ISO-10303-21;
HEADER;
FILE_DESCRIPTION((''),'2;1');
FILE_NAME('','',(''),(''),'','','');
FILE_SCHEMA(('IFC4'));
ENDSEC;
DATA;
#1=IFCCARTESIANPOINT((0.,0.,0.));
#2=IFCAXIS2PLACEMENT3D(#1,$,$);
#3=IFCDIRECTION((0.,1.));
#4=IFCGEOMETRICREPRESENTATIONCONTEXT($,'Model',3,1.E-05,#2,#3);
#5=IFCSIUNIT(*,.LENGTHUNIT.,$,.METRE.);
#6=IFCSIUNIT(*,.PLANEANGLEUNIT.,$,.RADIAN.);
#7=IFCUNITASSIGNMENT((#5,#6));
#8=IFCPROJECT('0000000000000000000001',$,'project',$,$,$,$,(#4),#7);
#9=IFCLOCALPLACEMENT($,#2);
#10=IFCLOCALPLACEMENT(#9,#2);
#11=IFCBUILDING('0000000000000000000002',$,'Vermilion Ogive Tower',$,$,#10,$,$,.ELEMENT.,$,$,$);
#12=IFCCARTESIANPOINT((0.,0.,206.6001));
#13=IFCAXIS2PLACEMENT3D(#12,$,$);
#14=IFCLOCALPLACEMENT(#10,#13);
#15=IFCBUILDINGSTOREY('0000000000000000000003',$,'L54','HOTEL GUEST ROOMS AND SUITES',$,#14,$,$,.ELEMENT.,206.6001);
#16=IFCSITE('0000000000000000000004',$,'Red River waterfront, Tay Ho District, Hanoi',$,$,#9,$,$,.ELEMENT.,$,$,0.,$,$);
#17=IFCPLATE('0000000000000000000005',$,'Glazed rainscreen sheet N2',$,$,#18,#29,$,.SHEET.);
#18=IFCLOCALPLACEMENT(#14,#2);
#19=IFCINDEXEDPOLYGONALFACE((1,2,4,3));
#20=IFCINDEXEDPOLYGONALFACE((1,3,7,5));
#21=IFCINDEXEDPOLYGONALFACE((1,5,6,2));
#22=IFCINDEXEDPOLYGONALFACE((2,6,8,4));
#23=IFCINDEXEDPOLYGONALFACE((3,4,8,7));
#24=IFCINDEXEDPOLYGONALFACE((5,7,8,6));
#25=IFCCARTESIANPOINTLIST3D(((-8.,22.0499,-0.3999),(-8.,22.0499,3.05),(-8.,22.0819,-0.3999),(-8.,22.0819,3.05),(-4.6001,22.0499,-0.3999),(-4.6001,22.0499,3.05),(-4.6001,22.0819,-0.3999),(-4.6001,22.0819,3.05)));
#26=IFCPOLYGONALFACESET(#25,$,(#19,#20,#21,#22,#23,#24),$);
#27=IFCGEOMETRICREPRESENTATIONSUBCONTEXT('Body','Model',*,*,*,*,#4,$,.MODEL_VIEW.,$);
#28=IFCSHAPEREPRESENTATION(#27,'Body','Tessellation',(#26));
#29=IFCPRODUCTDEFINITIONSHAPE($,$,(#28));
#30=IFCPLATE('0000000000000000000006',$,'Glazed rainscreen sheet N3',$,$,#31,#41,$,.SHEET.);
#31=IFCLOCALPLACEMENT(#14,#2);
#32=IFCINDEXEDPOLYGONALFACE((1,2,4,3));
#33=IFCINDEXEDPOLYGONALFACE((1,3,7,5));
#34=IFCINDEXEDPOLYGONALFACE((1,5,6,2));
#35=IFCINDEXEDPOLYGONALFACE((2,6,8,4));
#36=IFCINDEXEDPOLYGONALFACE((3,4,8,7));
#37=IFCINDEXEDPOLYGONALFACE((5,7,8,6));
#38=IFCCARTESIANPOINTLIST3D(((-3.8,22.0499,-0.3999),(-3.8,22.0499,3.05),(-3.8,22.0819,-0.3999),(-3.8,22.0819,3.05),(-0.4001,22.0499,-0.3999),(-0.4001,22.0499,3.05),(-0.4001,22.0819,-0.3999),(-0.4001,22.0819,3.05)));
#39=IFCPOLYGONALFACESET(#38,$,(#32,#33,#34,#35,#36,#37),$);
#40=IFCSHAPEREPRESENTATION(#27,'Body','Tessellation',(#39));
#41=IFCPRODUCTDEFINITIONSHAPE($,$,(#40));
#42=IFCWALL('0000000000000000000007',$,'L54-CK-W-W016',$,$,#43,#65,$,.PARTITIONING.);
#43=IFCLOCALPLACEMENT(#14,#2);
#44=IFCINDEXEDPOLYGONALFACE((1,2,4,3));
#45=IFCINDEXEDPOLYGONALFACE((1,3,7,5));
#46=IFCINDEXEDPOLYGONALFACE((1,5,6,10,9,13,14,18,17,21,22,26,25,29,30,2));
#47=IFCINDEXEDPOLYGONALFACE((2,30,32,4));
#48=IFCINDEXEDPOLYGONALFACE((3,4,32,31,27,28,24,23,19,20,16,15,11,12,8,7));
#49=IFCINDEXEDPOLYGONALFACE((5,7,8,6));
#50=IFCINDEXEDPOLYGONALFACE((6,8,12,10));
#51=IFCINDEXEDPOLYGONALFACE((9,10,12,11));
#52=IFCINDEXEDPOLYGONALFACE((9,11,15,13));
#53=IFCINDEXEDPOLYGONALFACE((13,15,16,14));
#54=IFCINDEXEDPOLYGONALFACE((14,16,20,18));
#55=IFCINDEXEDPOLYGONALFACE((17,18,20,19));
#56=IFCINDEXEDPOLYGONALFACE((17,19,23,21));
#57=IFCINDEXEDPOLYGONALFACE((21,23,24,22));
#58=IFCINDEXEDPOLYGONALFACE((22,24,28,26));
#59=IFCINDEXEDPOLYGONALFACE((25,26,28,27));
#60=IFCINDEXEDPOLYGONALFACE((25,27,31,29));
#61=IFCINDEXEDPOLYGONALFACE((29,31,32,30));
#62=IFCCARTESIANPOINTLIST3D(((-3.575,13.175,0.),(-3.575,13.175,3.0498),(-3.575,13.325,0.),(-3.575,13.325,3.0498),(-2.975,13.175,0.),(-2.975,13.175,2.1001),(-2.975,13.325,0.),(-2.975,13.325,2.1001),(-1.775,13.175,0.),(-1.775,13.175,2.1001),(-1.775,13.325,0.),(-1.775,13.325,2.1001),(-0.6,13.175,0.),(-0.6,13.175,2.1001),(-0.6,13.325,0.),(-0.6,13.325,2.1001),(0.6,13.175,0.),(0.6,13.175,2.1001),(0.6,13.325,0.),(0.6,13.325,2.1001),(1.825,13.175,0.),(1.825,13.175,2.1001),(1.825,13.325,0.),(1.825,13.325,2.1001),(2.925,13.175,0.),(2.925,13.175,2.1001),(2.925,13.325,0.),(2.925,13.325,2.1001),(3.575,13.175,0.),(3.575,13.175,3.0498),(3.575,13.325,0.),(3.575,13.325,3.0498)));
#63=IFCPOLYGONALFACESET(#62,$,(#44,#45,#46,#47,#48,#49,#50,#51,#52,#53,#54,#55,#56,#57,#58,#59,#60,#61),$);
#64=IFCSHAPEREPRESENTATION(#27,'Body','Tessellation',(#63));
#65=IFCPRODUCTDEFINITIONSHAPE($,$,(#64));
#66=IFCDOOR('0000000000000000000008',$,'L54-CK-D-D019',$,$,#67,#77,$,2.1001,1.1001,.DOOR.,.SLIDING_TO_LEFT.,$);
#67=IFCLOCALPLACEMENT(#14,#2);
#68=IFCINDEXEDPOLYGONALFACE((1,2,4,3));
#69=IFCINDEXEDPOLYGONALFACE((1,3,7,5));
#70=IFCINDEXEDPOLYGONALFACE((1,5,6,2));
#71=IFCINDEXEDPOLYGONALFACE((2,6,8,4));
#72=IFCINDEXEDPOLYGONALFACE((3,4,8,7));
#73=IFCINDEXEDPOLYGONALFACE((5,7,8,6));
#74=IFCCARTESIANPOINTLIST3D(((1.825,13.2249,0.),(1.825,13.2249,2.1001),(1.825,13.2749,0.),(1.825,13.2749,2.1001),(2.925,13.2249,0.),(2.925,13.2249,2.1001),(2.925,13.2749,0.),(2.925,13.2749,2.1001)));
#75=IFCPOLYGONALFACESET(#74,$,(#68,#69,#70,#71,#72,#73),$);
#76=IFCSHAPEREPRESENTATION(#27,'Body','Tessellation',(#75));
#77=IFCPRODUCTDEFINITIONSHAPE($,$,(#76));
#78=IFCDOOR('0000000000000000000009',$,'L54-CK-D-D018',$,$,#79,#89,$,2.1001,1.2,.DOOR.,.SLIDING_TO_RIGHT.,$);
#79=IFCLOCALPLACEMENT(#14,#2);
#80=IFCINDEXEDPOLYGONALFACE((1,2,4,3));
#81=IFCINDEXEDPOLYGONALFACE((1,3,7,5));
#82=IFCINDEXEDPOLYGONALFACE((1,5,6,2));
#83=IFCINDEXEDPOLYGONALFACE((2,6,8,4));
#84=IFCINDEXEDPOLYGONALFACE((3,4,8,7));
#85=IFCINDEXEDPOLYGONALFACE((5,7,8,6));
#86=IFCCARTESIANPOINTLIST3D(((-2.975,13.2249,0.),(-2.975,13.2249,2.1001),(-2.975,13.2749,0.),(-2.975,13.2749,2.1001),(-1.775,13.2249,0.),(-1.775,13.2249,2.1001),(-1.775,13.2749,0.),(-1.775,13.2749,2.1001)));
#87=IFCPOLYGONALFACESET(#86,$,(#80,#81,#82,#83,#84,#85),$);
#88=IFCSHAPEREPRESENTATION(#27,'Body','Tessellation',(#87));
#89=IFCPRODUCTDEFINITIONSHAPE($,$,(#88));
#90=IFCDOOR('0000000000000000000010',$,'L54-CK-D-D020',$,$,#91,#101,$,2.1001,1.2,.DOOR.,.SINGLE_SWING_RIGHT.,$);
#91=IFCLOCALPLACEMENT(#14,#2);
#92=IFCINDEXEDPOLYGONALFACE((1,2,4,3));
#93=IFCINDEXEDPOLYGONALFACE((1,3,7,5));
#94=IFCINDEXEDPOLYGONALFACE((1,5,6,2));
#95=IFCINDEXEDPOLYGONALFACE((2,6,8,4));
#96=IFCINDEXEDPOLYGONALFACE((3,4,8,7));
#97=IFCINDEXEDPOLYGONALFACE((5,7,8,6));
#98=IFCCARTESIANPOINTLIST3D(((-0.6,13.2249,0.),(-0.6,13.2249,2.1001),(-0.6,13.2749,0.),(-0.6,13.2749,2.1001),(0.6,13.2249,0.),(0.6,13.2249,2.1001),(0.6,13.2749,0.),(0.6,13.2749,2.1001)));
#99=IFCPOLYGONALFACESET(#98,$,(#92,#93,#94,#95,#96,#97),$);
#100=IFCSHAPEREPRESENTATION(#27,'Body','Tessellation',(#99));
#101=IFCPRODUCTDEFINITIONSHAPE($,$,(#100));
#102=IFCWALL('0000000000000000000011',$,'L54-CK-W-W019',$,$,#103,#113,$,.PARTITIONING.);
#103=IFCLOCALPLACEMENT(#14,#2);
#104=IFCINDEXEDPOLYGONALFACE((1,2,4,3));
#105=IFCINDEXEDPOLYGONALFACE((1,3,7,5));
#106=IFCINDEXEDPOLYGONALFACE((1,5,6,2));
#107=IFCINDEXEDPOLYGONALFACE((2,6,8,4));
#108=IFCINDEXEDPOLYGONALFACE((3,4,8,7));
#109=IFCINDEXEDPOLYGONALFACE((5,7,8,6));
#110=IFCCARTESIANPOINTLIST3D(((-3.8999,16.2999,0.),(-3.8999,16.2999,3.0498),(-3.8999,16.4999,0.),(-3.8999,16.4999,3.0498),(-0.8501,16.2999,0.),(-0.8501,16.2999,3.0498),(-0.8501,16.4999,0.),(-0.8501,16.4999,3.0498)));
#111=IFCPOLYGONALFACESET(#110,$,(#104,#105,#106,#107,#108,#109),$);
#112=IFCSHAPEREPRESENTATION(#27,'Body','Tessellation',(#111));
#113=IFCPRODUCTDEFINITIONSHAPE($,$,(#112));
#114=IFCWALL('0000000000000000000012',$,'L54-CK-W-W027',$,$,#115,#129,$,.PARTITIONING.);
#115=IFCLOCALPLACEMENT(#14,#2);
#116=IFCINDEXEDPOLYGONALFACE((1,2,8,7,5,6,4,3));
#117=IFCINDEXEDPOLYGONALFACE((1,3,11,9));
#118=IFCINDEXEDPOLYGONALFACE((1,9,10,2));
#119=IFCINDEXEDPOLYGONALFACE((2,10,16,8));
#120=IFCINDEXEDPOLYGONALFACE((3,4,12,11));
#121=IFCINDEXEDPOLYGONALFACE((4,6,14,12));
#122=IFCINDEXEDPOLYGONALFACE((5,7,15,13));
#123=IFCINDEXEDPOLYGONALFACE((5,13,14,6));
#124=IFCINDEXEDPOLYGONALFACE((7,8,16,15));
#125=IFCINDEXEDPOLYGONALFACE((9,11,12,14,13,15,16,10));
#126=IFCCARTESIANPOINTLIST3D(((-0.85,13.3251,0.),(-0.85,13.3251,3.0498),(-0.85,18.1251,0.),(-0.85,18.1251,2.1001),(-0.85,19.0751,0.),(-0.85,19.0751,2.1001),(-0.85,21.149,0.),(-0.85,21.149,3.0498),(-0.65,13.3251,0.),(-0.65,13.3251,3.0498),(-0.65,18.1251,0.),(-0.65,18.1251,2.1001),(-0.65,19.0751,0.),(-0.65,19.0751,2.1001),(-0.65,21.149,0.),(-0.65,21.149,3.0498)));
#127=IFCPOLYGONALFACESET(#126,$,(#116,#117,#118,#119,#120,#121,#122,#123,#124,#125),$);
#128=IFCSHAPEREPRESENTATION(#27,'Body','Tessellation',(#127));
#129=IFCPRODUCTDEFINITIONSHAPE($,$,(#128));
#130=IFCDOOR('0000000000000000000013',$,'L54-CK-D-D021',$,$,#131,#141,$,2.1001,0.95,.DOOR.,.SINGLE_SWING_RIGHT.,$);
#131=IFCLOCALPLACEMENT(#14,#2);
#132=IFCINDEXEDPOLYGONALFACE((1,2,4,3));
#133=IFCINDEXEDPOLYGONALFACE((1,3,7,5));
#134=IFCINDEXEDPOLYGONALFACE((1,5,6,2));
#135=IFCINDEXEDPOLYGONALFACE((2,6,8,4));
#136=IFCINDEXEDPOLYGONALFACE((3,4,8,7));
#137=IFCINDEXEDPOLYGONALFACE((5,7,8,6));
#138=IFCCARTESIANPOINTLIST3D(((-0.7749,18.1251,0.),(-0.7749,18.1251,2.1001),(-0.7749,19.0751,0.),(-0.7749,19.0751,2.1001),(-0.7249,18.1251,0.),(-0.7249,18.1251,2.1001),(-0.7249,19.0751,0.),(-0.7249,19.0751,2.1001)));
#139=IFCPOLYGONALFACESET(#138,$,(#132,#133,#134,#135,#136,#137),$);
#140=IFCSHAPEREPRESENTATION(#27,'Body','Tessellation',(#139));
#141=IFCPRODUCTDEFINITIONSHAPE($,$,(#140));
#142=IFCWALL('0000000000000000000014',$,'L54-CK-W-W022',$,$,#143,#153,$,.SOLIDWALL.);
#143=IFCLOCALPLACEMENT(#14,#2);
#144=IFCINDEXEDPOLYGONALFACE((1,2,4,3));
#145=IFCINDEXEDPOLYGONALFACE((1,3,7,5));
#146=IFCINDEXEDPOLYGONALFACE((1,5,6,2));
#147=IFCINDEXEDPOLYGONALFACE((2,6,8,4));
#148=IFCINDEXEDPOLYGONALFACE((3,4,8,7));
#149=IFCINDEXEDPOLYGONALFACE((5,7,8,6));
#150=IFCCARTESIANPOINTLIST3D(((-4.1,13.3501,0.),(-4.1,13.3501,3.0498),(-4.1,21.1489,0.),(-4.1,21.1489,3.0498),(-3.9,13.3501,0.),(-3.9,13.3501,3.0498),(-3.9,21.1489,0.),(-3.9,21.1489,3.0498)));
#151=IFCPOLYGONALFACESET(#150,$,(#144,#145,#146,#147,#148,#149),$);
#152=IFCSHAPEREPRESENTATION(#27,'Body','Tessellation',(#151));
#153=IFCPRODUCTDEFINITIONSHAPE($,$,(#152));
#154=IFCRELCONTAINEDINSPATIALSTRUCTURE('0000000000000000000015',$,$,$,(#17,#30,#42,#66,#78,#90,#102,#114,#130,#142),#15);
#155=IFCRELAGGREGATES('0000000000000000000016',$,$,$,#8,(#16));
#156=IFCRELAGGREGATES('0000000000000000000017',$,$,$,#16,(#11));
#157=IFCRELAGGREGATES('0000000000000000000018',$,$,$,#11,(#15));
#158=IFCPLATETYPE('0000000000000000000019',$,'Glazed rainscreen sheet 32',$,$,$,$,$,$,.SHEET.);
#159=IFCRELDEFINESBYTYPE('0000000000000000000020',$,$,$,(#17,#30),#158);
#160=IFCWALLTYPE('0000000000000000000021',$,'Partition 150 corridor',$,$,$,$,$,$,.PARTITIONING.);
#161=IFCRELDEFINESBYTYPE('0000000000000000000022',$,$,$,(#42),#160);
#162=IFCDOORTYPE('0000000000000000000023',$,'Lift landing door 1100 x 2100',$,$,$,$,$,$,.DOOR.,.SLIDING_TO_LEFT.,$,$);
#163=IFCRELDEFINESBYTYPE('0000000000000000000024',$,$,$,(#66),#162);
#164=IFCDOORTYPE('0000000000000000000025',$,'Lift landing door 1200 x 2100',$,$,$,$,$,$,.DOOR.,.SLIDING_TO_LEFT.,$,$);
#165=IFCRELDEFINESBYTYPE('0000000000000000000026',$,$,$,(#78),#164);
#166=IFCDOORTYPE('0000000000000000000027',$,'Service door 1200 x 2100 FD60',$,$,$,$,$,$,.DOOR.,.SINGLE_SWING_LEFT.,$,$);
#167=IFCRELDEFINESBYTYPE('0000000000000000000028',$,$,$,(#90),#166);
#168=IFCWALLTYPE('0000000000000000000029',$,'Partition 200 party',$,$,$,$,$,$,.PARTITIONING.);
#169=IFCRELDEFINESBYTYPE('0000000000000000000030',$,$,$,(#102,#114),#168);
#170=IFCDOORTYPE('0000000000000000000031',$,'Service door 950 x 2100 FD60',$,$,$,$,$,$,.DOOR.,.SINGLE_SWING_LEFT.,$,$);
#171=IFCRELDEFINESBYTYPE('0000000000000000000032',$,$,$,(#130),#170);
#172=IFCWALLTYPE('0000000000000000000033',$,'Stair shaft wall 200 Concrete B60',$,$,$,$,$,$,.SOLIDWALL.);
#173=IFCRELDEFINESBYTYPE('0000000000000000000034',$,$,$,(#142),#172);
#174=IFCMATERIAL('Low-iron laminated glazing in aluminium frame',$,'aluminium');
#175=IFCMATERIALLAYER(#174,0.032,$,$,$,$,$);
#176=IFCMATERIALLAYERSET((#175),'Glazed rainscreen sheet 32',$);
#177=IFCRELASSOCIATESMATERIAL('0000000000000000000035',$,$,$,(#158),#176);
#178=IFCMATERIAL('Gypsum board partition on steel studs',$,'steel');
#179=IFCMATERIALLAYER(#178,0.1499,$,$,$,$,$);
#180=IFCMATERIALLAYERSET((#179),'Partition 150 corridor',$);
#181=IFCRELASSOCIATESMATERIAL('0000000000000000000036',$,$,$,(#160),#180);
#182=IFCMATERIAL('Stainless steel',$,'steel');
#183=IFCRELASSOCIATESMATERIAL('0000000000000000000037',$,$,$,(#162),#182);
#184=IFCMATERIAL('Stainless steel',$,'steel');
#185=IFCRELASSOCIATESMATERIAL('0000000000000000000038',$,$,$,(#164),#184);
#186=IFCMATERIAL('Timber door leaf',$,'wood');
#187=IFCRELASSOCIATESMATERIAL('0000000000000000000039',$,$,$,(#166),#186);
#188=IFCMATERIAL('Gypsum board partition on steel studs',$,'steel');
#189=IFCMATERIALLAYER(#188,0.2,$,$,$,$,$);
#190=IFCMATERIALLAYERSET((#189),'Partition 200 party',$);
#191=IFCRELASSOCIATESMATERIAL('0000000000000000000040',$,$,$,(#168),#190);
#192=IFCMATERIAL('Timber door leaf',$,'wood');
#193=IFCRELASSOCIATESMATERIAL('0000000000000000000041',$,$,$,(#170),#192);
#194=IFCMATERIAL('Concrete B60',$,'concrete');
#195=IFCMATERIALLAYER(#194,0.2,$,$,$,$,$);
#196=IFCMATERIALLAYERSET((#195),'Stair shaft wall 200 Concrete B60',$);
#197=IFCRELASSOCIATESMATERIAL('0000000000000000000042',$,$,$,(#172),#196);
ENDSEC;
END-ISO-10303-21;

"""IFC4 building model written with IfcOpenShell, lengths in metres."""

from ifc_helpers import new_model, si_unit, direction, frame, frame_2d, origin, origin_2d, place, context, subcontext, project, spatial, rectangle, extrude, material, layer, layer_set, type_object, element, fill, save


model = new_model("IFC4")

# Units and contexts
model_context = context("Model", 3, precision=1e-05, world=origin(), true_north=direction((0.0, 1.0)))
body_context = subcontext(model_context, "Body", "Model", "MODEL_VIEW")
ifc_project = project(units=[si_unit("LENGTHUNIT", "METRE"), si_unit("PLANEANGLEUNIT", "RADIAN")], contexts=[model_context])

# Site, building, storey
site_placement = place(None, origin())
site = spatial("IfcSite", under=ifc_project, at=site_placement, Name="Red River waterfront, Tay Ho District, Hanoi", CompositionType="ELEMENT", RefElevation=0.0)
building_placement = place(site_placement, origin())
building = spatial("IfcBuilding", under=site, at=building_placement, Name="Vermilion Ogive Tower", CompositionType="ELEMENT")
storey_placement = place(building_placement, frame((0.0, 0.0, 206.6001)))
storey = spatial("IfcBuildingStorey", under=building, at=storey_placement, Name="L54", Description="HOTEL GUEST ROOMS AND SUITES", CompositionType="ELEMENT", Elevation=206.6001)

# Plates
ifc_material_1 = material(Name="Low-iron laminated glazing in aluminium frame", Category="aluminium")
ifc_layer_1 = layer(ifc_material_1, 0.032)
ifc_layer_set_1 = layer_set([ifc_layer_1], Name="Glazed rainscreen sheet 32")
plate_type = type_object("IfcPlateType", Name="Glazed rainscreen sheet 32", PredefinedType="SHEET", material=ifc_layer_set_1)
for number, where, z_axis, x_axis, name in (
    (1, (-6.3, 22.0659, -0.3999), (0.0, 0.0, 1.0), (1.0, 0.0, 0.0), "Glazed rainscreen sheet N2"),
    (2, (-2.1001, 22.0659, -0.3999), (0.0, 0.0, 1.0), (1.0, 0.0, 0.0), "Glazed rainscreen sheet N3"),
):
    element("IfcPlate", number, at=place(storey_placement, frame(where, z_axis=z_axis, x_axis=x_axis)), inside=storey, type_object=plate_type, Name=name, PredefinedType="SHEET", context=body_context, shape_type="SweptSolid", body=[
        extrude(rectangle(XDim=3.3999, YDim=0.032, at=origin_2d()), origin(), (0.0, 0.0, 1.0), 3.45),
    ])

# Wall, openings, doors
ifc_material_2 = material(Name="Gypsum board partition on steel studs", Category="steel")
ifc_layer_2 = layer(ifc_material_2, 0.1499)
ifc_layer_set_2 = layer_set([ifc_layer_2], Name="Partition 150 corridor")
wall_type_1 = type_object("IfcWallType", Name="Partition 150 corridor", PredefinedType="PARTITIONING", material=ifc_layer_set_2)
wall_1_placement = place(storey_placement, frame((-3.575, 13.25, 0.0), z_axis=(0.0, 0.0, 1.0), x_axis=(1.0, 0.0, 0.0)))
wall_1 = element("IfcWall", 3, at=wall_1_placement, inside=storey, type_object=wall_type_1, Name="L54-CK-W-W016", PredefinedType="PARTITIONING", context=body_context, shape_type="SweptSolid", body=[
    extrude(rectangle(XDim=7.1499, YDim=0.1499, at=frame_2d((3.575, 0.0))), origin(), (0.0, 0.0, 1.0), 3.0498),
])
opening_1_placement = place(wall_1_placement, frame((0.5999, 0.0, 0.0)))
opening_1 = element("IfcOpeningElement", 4, at=opening_1_placement, cuts=wall_1, PredefinedType="OPENING", context=body_context, shape_type="SweptSolid", body=[
    extrude(rectangle(XDim=1.2, YDim=2.1001, at=frame_2d((0.6001, 1.05))), frame((0.0, 0.085, 0.0), z_axis=(0.0, -1.0, 0.0), x_axis=(1.0, 0.0, 0.0)), (0.0, 0.0, 1.0), 0.1699),
])
opening_2_placement = place(wall_1_placement, frame((5.3999, 0.0, 0.0)))
opening_2 = element("IfcOpeningElement", 5, at=opening_2_placement, cuts=wall_1, PredefinedType="OPENING", context=body_context, shape_type="SweptSolid", body=[
    extrude(rectangle(XDim=1.1001, YDim=2.1001, at=frame_2d((0.55, 1.05))), frame((0.0, 0.085, 0.0), z_axis=(0.0, -1.0, 0.0), x_axis=(1.0, 0.0, 0.0)), (0.0, 0.0, 1.0), 0.1699),
])
opening_3_placement = place(wall_1_placement, frame((2.9749, 0.0, 0.0)))
opening_3 = element("IfcOpeningElement", 6, at=opening_3_placement, cuts=wall_1, PredefinedType="OPENING", context=body_context, shape_type="SweptSolid", body=[
    extrude(rectangle(XDim=1.2, YDim=2.1001, at=frame_2d((0.6001, 1.05))), frame((0.0, 0.085, 0.0), z_axis=(0.0, -1.0, 0.0), x_axis=(1.0, 0.0, 0.0)), (0.0, 0.0, 1.0), 0.1699),
])
ifc_material_3 = material(Name="Stainless steel", Category="steel")
door_type_1 = type_object("IfcDoorType", Name="Lift landing door 1100 x 2100", OperationType="SLIDING_TO_LEFT", PredefinedType="DOOR", material=ifc_material_3)
door_1_placement = place(opening_2_placement, origin())
door_1 = element("IfcDoor", 7, at=door_1_placement, inside=storey, type_object=door_type_1, Name="L54-CK-D-D019", OperationType="SLIDING_TO_LEFT", OverallHeight=2.1001, OverallWidth=1.1001, PredefinedType="DOOR", context=body_context, shape_type="SweptSolid", body=[
    extrude(rectangle(XDim=1.1001, YDim=2.1001, at=frame_2d((0.55, 1.05))), frame((0.0, 0.0249, 0.0), z_axis=(0.0, -1.0, 0.0), x_axis=(1.0, 0.0, 0.0)), (0.0, 0.0, 1.0), 0.05),
])
fill(opening_2, door_1)
ifc_material_4 = material(Name="Stainless steel", Category="steel")
door_type_2 = type_object("IfcDoorType", Name="Lift landing door 1200 x 2100", OperationType="SLIDING_TO_LEFT", PredefinedType="DOOR", material=ifc_material_4)
door_2_placement = place(opening_1_placement, origin())
door_2 = element("IfcDoor", 8, at=door_2_placement, inside=storey, type_object=door_type_2, Name="L54-CK-D-D018", OperationType="SLIDING_TO_RIGHT", OverallHeight=2.1001, OverallWidth=1.2, PredefinedType="DOOR", context=body_context, shape_type="SweptSolid", body=[
    extrude(rectangle(XDim=1.2, YDim=2.1001, at=frame_2d((0.6001, 1.05))), frame((0.0, 0.0249, 0.0), z_axis=(0.0, -1.0, 0.0), x_axis=(1.0, 0.0, 0.0)), (0.0, 0.0, 1.0), 0.05),
])
fill(opening_1, door_2)
ifc_material_5 = material(Name="Timber door leaf", Category="wood")
door_type_3 = type_object("IfcDoorType", Name="Service door 1200 x 2100 FD60", OperationType="SINGLE_SWING_LEFT", PredefinedType="DOOR", material=ifc_material_5)
door_3_placement = place(opening_3_placement, origin())
door_3 = element("IfcDoor", 9, at=door_3_placement, inside=storey, type_object=door_type_3, Name="L54-CK-D-D020", OperationType="SINGLE_SWING_RIGHT", OverallHeight=2.1001, OverallWidth=1.2, PredefinedType="DOOR", context=body_context, shape_type="SweptSolid", body=[
    extrude(rectangle(XDim=1.2, YDim=2.1001, at=frame_2d((0.6001, 1.05))), frame((0.0, 0.0249, 0.0), z_axis=(0.0, -1.0, 0.0), x_axis=(1.0, 0.0, 0.0)), (0.0, 0.0, 1.0), 0.05),
])
fill(opening_3, door_3)

# Wall
ifc_material_6 = material(Name="Gypsum board partition on steel studs", Category="steel")
ifc_layer_3 = layer(ifc_material_6, 0.2)
ifc_layer_set_3 = layer_set([ifc_layer_3], Name="Partition 200 party")
wall_type_2 = type_object("IfcWallType", Name="Partition 200 party", PredefinedType="PARTITIONING", material=ifc_layer_set_3)
wall_2_placement = place(storey_placement, frame((-3.8999, 16.3999, 0.0), z_axis=(0.0, 0.0, 1.0), x_axis=(1.0, 0.0, 0.0)))
element("IfcWall", 10, at=wall_2_placement, inside=storey, type_object=wall_type_2, Name="L54-CK-W-W019", PredefinedType="PARTITIONING", context=body_context, shape_type="SweptSolid", body=[
    extrude(rectangle(XDim=3.0498, YDim=0.2, at=frame_2d((1.5249, 0.0))), origin(), (0.0, 0.0, 1.0), 3.0498),
])

# Wall, opening, door
wall_3_placement = place(storey_placement, frame((-0.75, 13.325, 0.0), z_axis=(0.0, 0.0, 1.0), x_axis=(0.0, 1.0, 0.0)))
wall_3 = element("IfcWall", 11, at=wall_3_placement, inside=storey, type_object=wall_type_2, Name="L54-CK-W-W027", PredefinedType="PARTITIONING", context=body_context, shape_type="SweptSolid", body=[
    extrude(rectangle(XDim=7.824, YDim=0.2, at=frame_2d((3.9121, 0.0))), origin(), (0.0, 0.0, 1.0), 3.0498),
])
opening_4_placement = place(wall_3_placement, frame((4.8, 0.0, 0.0)))
opening_4 = element("IfcOpeningElement", 12, at=opening_4_placement, cuts=wall_3, PredefinedType="OPENING", context=body_context, shape_type="SweptSolid", body=[
    extrude(rectangle(XDim=0.95, YDim=2.1001, at=frame_2d((0.4751, 1.05))), frame((0.0, 0.1099, 0.0), z_axis=(0.0, -1.0, 0.0), x_axis=(1.0, 0.0, 0.0)), (0.0, 0.0, 1.0), 0.22),
])
ifc_material_7 = material(Name="Timber door leaf", Category="wood")
door_type_4 = type_object("IfcDoorType", Name="Service door 950 x 2100 FD60", OperationType="SINGLE_SWING_LEFT", PredefinedType="DOOR", material=ifc_material_7)
door_4_placement = place(opening_4_placement, origin())
door_4 = element("IfcDoor", 13, at=door_4_placement, inside=storey, type_object=door_type_4, Name="L54-CK-D-D021", OperationType="SINGLE_SWING_RIGHT", OverallHeight=2.1001, OverallWidth=0.95, PredefinedType="DOOR", context=body_context, shape_type="SweptSolid", body=[
    extrude(rectangle(XDim=0.95, YDim=2.1001, at=frame_2d((0.4751, 1.05))), frame((0.0, 0.0249, 0.0), z_axis=(0.0, -1.0, 0.0), x_axis=(1.0, 0.0, 0.0)), (0.0, 0.0, 1.0), 0.05),
])
fill(opening_4, door_4)

# Wall
ifc_material_8 = material(Name="Concrete B60", Category="concrete")
ifc_layer_4 = layer(ifc_material_8, 0.2)
ifc_layer_set_4 = layer_set([ifc_layer_4], Name="Stair shaft wall 200 Concrete B60")
wall_type_3 = type_object("IfcWallType", Name="Stair shaft wall 200 Concrete B60", PredefinedType="SOLIDWALL", material=ifc_layer_set_4)
wall_4_placement = place(storey_placement, frame((-4.0, 13.3501, 0.0), z_axis=(0.0, 0.0, 1.0), x_axis=(0.0, 1.0, 0.0)))
element("IfcWall", 14, at=wall_4_placement, inside=storey, type_object=wall_type_3, Name="L54-CK-W-W022", PredefinedType="SOLIDWALL", context=body_context, shape_type="SweptSolid", body=[
    extrude(rectangle(XDim=7.7988, YDim=0.2, at=frame_2d((3.8994, 0.0))), origin(), (0.0, 0.0, 1.0), 3.0498),
])

save(model, "model.ifc")
